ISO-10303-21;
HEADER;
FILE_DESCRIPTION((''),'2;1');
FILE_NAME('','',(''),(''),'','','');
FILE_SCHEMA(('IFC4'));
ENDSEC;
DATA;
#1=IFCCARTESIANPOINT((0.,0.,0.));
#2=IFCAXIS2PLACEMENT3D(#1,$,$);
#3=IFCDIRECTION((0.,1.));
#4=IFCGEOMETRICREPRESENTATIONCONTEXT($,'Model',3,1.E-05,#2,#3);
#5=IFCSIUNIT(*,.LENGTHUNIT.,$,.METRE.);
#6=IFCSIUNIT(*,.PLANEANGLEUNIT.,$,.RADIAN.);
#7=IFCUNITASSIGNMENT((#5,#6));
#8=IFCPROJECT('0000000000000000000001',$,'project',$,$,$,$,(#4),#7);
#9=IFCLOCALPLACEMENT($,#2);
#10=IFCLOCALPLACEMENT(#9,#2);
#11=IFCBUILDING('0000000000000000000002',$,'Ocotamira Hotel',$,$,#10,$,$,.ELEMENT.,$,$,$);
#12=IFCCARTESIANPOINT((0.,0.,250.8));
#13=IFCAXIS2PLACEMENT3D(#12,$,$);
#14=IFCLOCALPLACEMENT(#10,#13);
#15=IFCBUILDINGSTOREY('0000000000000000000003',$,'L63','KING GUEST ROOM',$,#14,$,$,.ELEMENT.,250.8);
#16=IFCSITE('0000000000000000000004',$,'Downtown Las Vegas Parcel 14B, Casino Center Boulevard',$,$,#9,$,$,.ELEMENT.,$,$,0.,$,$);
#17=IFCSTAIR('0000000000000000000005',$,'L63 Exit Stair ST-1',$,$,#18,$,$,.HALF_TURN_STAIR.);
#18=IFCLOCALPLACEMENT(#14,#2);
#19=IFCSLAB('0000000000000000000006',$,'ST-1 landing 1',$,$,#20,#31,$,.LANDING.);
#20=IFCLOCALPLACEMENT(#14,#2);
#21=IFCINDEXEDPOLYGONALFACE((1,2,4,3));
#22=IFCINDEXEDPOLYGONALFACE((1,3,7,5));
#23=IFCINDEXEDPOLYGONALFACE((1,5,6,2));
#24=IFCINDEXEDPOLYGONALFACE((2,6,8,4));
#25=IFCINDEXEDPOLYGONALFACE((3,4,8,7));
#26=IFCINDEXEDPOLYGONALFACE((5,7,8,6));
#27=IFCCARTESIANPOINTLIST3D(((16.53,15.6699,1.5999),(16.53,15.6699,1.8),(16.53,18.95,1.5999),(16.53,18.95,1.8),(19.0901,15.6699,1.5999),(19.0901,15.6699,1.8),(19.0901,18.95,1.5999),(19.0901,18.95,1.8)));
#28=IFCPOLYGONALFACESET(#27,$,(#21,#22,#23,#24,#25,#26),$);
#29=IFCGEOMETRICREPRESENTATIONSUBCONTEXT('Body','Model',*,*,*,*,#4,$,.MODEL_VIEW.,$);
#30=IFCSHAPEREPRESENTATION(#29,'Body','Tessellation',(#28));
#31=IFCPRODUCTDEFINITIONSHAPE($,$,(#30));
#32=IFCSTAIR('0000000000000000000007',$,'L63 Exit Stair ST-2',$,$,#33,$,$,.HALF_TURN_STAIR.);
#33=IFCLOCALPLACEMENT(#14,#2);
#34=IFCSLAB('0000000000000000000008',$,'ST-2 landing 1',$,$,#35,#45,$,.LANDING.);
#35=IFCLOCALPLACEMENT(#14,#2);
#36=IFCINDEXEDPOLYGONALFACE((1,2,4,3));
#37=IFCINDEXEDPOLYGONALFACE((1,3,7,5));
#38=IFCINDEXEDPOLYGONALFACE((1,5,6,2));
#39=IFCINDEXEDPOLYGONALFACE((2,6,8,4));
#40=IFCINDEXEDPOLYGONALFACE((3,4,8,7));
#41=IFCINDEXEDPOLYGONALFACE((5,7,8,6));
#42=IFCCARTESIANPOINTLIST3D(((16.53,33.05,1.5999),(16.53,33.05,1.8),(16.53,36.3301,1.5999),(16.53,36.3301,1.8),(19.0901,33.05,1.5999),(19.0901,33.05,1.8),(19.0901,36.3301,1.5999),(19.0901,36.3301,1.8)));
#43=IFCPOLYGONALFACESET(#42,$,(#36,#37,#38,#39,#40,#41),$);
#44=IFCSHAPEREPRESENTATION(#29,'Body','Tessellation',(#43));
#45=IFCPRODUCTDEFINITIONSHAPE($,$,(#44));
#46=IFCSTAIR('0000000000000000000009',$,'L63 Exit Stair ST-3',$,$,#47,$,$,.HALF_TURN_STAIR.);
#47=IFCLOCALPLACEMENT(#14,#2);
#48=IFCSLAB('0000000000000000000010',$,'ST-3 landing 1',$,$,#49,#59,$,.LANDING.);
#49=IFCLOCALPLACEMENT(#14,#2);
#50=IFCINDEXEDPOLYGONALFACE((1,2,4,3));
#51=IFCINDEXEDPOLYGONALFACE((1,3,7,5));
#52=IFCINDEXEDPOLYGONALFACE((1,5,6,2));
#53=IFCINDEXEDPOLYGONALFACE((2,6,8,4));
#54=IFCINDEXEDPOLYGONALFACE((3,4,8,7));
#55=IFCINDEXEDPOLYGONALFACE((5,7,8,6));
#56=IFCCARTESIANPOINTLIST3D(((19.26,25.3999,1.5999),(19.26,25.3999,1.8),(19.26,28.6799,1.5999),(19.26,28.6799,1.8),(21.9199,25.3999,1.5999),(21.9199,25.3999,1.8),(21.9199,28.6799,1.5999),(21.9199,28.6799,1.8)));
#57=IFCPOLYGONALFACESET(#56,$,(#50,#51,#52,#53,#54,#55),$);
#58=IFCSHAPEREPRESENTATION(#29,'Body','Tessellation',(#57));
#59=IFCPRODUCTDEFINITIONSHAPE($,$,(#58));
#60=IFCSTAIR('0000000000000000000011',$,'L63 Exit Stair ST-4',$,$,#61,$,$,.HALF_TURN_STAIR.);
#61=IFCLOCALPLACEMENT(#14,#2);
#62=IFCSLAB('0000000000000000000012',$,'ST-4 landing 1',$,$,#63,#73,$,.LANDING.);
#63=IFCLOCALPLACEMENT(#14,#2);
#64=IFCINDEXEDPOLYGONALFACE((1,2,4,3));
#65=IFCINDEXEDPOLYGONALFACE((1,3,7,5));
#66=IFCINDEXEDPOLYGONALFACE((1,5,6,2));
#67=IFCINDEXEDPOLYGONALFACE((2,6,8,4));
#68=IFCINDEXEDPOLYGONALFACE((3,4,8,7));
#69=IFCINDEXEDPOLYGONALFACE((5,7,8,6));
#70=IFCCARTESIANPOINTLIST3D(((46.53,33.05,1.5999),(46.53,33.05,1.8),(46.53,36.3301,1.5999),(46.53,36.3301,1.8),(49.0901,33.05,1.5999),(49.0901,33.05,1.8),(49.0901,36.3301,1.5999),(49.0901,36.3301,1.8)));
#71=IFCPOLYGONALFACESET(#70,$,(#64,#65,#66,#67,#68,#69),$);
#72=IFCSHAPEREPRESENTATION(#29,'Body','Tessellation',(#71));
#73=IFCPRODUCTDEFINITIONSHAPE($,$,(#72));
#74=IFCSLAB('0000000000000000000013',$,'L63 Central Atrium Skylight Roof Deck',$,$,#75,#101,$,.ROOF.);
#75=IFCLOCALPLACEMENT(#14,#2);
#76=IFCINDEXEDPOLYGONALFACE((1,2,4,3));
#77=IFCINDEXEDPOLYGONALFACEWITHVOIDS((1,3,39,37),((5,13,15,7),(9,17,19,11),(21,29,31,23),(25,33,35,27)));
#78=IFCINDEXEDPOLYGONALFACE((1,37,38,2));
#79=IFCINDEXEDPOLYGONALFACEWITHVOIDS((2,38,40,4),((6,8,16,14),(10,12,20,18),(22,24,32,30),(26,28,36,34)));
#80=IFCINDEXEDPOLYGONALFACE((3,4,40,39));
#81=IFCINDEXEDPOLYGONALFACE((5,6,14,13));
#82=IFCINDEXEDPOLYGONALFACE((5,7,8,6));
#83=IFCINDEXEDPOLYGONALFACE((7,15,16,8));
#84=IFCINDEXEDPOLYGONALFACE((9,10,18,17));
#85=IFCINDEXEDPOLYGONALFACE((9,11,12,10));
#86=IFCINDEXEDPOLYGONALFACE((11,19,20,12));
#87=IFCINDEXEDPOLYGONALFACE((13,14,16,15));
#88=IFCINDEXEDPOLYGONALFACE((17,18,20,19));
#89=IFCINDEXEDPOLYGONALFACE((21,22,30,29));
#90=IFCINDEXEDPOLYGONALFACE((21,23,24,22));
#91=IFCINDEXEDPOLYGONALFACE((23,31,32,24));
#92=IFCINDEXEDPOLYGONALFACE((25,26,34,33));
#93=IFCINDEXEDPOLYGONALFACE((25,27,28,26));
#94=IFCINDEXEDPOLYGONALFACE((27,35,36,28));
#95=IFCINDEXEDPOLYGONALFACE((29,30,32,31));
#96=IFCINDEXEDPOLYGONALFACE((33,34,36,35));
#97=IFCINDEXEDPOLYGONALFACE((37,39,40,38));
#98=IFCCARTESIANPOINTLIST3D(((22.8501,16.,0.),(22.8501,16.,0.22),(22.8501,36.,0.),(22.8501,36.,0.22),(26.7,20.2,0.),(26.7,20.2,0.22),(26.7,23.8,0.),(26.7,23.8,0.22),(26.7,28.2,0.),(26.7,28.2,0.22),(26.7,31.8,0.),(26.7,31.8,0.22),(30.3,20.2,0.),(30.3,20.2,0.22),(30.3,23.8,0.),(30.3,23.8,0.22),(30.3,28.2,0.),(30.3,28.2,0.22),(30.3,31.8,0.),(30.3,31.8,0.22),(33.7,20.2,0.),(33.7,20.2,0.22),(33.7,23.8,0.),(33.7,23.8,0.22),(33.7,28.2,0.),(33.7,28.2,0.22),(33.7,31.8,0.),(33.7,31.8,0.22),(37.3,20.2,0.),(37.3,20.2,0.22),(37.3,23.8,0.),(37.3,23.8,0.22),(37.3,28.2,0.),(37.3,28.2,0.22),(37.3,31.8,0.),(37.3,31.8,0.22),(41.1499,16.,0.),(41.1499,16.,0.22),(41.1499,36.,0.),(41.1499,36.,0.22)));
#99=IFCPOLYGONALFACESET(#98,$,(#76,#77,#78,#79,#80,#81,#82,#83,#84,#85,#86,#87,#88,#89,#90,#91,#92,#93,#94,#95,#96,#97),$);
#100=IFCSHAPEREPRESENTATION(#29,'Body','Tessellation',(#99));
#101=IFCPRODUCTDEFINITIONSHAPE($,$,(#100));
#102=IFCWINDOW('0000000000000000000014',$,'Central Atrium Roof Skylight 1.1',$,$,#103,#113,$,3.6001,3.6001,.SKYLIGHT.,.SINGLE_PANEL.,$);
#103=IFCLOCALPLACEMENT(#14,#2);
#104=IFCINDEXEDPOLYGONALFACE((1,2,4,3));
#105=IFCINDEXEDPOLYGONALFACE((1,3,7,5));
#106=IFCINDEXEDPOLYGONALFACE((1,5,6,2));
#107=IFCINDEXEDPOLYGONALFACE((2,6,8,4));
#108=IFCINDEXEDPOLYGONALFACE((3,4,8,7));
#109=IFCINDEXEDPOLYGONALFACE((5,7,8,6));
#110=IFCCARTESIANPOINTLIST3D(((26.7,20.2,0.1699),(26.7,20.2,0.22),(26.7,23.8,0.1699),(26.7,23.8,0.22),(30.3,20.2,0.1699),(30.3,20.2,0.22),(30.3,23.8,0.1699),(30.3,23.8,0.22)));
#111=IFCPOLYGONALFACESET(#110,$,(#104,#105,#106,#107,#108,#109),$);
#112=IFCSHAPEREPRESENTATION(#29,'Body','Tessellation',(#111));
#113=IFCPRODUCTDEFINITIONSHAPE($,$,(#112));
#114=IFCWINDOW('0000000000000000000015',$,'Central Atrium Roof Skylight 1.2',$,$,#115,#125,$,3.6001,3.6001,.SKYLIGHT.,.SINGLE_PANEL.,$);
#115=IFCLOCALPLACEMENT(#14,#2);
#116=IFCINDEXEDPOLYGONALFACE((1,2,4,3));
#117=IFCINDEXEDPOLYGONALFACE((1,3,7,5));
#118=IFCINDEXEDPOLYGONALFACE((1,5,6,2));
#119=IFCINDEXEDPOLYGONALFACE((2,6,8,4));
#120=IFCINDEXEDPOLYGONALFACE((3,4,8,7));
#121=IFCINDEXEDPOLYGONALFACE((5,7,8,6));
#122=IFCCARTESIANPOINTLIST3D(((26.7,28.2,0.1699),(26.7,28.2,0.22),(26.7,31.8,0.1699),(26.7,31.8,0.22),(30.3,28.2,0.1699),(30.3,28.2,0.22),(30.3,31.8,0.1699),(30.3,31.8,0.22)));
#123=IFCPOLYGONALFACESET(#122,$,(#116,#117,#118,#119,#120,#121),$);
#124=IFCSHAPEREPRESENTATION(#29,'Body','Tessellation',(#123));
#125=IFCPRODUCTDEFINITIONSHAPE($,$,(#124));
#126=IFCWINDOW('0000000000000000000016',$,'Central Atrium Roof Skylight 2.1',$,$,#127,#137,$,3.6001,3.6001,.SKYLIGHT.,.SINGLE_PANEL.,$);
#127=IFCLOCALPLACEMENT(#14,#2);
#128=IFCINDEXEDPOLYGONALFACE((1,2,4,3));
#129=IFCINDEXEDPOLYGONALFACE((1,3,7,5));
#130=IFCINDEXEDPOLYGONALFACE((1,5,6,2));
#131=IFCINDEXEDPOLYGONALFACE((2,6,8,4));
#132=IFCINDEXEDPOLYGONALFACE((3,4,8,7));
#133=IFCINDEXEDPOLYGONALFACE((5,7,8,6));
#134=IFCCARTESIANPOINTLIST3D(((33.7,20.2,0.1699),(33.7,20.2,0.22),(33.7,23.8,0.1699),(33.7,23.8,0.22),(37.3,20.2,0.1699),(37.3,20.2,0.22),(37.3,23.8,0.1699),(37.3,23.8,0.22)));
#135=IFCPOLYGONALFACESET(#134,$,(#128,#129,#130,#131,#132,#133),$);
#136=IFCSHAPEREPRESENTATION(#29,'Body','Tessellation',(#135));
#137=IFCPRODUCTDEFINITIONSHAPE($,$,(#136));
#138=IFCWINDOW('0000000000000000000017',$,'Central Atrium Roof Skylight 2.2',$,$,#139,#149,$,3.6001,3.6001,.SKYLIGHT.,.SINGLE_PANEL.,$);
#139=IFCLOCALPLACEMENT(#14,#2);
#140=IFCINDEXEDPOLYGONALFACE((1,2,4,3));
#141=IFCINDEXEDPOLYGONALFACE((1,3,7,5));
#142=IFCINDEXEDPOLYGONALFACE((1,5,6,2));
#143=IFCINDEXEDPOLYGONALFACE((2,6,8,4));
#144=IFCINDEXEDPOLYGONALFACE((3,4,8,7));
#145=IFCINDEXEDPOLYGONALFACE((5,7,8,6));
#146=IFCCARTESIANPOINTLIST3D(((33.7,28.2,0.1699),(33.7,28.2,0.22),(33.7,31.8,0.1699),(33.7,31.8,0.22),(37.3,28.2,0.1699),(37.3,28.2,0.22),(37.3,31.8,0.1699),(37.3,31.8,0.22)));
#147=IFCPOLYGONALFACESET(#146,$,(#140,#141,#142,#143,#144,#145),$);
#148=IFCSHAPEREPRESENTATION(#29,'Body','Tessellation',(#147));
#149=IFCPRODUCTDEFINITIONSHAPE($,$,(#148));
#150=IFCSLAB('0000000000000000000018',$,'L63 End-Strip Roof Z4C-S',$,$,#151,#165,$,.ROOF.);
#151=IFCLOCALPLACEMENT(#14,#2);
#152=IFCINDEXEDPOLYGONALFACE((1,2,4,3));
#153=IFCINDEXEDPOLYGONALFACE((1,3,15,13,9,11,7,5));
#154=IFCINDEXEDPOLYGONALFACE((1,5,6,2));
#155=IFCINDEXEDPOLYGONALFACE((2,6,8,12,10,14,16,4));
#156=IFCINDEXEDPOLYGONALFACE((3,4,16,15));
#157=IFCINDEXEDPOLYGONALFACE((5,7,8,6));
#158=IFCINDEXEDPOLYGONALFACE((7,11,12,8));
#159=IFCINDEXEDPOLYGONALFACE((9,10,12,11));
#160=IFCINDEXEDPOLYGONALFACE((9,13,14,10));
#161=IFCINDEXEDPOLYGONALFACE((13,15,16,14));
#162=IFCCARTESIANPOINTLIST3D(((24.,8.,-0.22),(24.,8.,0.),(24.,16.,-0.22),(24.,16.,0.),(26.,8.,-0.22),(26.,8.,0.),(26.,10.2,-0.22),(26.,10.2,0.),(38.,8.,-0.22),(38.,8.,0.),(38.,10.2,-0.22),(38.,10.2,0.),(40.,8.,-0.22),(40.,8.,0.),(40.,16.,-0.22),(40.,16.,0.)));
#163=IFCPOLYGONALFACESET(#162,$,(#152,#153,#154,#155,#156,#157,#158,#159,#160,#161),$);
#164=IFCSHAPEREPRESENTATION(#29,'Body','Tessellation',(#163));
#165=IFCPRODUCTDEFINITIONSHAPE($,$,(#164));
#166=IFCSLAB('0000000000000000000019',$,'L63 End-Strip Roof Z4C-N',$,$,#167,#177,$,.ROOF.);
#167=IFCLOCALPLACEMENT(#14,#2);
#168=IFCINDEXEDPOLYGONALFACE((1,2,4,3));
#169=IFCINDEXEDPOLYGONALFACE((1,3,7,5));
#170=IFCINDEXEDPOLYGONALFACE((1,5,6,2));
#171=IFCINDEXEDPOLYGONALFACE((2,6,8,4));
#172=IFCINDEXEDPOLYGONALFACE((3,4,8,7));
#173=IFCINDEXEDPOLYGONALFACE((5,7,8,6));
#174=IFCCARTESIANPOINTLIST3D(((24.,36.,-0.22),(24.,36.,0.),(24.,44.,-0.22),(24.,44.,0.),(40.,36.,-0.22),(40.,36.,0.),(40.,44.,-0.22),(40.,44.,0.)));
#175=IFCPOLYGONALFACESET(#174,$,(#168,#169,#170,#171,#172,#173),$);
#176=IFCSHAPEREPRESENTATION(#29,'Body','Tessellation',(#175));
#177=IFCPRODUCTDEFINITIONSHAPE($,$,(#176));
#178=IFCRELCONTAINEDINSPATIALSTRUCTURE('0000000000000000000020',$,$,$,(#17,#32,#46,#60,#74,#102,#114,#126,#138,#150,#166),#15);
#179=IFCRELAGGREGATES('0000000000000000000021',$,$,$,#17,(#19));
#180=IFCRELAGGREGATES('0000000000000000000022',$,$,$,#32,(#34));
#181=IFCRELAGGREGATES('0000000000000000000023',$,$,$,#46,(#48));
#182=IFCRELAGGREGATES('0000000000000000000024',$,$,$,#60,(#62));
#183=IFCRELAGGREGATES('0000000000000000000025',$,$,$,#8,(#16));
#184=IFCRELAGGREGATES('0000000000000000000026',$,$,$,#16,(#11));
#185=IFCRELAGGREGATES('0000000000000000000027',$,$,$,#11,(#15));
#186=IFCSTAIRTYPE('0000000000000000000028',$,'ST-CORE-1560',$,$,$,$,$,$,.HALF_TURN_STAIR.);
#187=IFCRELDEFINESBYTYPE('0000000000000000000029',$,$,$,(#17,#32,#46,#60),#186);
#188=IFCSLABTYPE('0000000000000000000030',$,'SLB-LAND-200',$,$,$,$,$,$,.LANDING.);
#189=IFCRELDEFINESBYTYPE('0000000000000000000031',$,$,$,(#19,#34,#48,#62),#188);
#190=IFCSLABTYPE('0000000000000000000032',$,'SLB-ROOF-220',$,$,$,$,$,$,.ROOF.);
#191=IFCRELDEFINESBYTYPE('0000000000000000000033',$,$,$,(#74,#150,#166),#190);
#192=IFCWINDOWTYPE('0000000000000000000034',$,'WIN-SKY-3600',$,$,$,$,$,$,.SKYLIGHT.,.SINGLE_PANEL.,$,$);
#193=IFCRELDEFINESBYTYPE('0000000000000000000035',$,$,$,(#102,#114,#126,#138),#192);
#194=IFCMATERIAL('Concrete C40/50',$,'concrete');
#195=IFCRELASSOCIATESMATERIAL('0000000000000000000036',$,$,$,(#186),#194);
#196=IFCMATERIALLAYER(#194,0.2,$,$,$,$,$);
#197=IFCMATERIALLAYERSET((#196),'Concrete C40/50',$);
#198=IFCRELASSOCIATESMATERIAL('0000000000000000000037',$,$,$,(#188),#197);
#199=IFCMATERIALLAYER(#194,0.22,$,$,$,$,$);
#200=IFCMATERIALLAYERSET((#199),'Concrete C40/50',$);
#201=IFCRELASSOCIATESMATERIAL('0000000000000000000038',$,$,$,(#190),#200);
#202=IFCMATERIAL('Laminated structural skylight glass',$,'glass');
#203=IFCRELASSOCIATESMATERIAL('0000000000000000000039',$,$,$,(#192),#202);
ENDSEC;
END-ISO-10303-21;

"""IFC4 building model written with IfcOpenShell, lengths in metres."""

from ifc_helpers import new_model, si_unit, direction, frame, origin, origin_2d, place, context, subcontext, project, spatial, polyline, rectangle, outline, extrude, material, layer, layer_set, type_object, element, fill, aggregate, save


model = new_model("IFC4")

# Units and contexts
model_context = context("Model", 3, precision=1e-05, world=origin(), true_north=direction((0.0, 1.0)))
body_context = subcontext(model_context, "Body", "Model", "MODEL_VIEW")
ifc_project = project(units=[si_unit("LENGTHUNIT", "METRE"), si_unit("PLANEANGLEUNIT", "RADIAN")], contexts=[model_context])

# Site, building, storey
site_placement = place(None, origin())
site = spatial("IfcSite", under=ifc_project, at=site_placement, Name="Downtown Las Vegas Parcel 14B, Casino Center Boulevard", CompositionType="ELEMENT", RefElevation=0.0)
building_placement = place(site_placement, origin())
building = spatial("IfcBuilding", under=site, at=building_placement, Name="Ocotamira Hotel", CompositionType="ELEMENT")
storey_placement = place(building_placement, frame((0.0, 0.0, 250.8)))
storey = spatial("IfcBuildingStorey", under=building, at=storey_placement, Name="L63", Description="KING GUEST ROOM", CompositionType="ELEMENT", Elevation=250.8)

# Stairs, slabs
ifc_material_1 = material(Name="Concrete C40/50", Category="concrete")
stair_type = type_object("IfcStairType", Name="ST-CORE-1560", PredefinedType="HALF_TURN_STAIR", material=ifc_material_1)
stair_1_placement = place(storey_placement, origin())
stair_1 = element("IfcStair", 1, at=stair_1_placement, inside=storey, type_object=stair_type, Name="L63 Exit Stair ST-1", PredefinedType="HALF_TURN_STAIR")
ifc_layer_1 = layer(ifc_material_1, 0.2)
ifc_layer_set_1 = layer_set([ifc_layer_1], Name="Concrete C40/50")
slab_type_1 = type_object("IfcSlabType", Name="SLB-LAND-200", PredefinedType="LANDING", material=ifc_layer_set_1)
slab_1_placement = place(storey_placement, frame((0.0, 0.0, 1.5999)))
slab_1 = element("IfcSlab", 2, at=slab_1_placement, type_object=slab_type_1, Name="ST-1 landing 1", PredefinedType="LANDING", context=body_context, shape_type="SweptSolid", body=[
    extrude(outline(polyline([(16.53, 15.6699), (19.0901, 15.6699), (19.0901, 18.95), (16.53, 18.95), (16.53, 15.6699)])), origin(), (0.0, 0.0, 1.0), 0.2002),
])
aggregate(stair_1, [slab_1])
stair_2_placement = place(storey_placement, origin())
stair_2 = element("IfcStair", 3, at=stair_2_placement, inside=storey, type_object=stair_type, Name="L63 Exit Stair ST-2", PredefinedType="HALF_TURN_STAIR")
slab_2_placement = place(storey_placement, frame((0.0, 0.0, 1.5999)))
slab_2 = element("IfcSlab", 4, at=slab_2_placement, type_object=slab_type_1, Name="ST-2 landing 1", PredefinedType="LANDING", context=body_context, shape_type="SweptSolid", body=[
    extrude(outline(polyline([(16.53, 33.05), (19.0901, 33.05), (19.0901, 36.3301), (16.53, 36.3301), (16.53, 33.05)])), origin(), (0.0, 0.0, 1.0), 0.2002),
])
aggregate(stair_2, [slab_2])
stair_3_placement = place(storey_placement, origin())
stair_3 = element("IfcStair", 5, at=stair_3_placement, inside=storey, type_object=stair_type, Name="L63 Exit Stair ST-3", PredefinedType="HALF_TURN_STAIR")
slab_3_placement = place(storey_placement, frame((0.0, 0.0, 1.5999)))
slab_3 = element("IfcSlab", 6, at=slab_3_placement, type_object=slab_type_1, Name="ST-3 landing 1", PredefinedType="LANDING", context=body_context, shape_type="SweptSolid", body=[
    extrude(outline(polyline([(19.26, 25.3999), (21.9199, 25.3999), (21.9199, 28.6799), (19.26, 28.6799), (19.26, 25.3999)])), origin(), (0.0, 0.0, 1.0), 0.2002),
])
aggregate(stair_3, [slab_3])
stair_4_placement = place(storey_placement, origin())
stair_4 = element("IfcStair", 7, at=stair_4_placement, inside=storey, type_object=stair_type, Name="L63 Exit Stair ST-4", PredefinedType="HALF_TURN_STAIR")
slab_4_placement = place(storey_placement, frame((0.0, 0.0, 1.5999)))
slab_4 = element("IfcSlab", 8, at=slab_4_placement, type_object=slab_type_1, Name="ST-4 landing 1", PredefinedType="LANDING", context=body_context, shape_type="SweptSolid", body=[
    extrude(outline(polyline([(46.53, 33.05), (49.0901, 33.05), (49.0901, 36.3301), (46.53, 36.3301), (46.53, 33.05)])), origin(), (0.0, 0.0, 1.0), 0.2002),
])
aggregate(stair_4, [slab_4])

# Slab, openings, windows
ifc_layer_2 = layer(ifc_material_1, 0.22)
ifc_layer_set_2 = layer_set([ifc_layer_2], Name="Concrete C40/50")
slab_type_2 = type_object("IfcSlabType", Name="SLB-ROOF-220", PredefinedType="ROOF", material=ifc_layer_set_2)
slab_5_placement = place(storey_placement, origin())
slab_5 = element("IfcSlab", 9, at=slab_5_placement, inside=storey, type_object=slab_type_2, Name="L63 Central Atrium Skylight Roof Deck", PredefinedType="ROOF", context=body_context, shape_type="SweptSolid", body=[
    extrude(outline(polyline([(22.8501, 16.0), (41.1499, 16.0), (41.1499, 36.0), (22.8501, 36.0), (22.8501, 16.0)])), origin(), (0.0, 0.0, 1.0), 0.22),
])
opening_1_placement = place(slab_5_placement, frame((28.5, 22.0, 0.0)))
opening_1 = element("IfcOpeningElement", 10, at=opening_1_placement, cuts=slab_5, PredefinedType="OPENING", context=body_context, shape_type="SweptSolid", body=[
    extrude(rectangle(XDim=3.6001, YDim=3.6001, at=origin_2d()), frame((0.0, 0.0, -0.01)), (0.0, 0.0, 1.0), 0.24),
])
opening_2_placement = place(slab_5_placement, frame((28.5, 30.0, 0.0)))
opening_2 = element("IfcOpeningElement", 11, at=opening_2_placement, cuts=slab_5, PredefinedType="OPENING", context=body_context, shape_type="SweptSolid", body=[
    extrude(rectangle(XDim=3.6001, YDim=3.6001, at=origin_2d()), frame((0.0, 0.0, -0.01)), (0.0, 0.0, 1.0), 0.24),
])
opening_3_placement = place(slab_5_placement, frame((35.5, 22.0, 0.0)))
opening_3 = element("IfcOpeningElement", 12, at=opening_3_placement, cuts=slab_5, PredefinedType="OPENING", context=body_context, shape_type="SweptSolid", body=[
    extrude(rectangle(XDim=3.6001, YDim=3.6001, at=origin_2d()), frame((0.0, 0.0, -0.01)), (0.0, 0.0, 1.0), 0.24),
])
opening_4_placement = place(slab_5_placement, frame((35.5, 30.0, 0.0)))
opening_4 = element("IfcOpeningElement", 13, at=opening_4_placement, cuts=slab_5, PredefinedType="OPENING", context=body_context, shape_type="SweptSolid", body=[
    extrude(rectangle(XDim=3.6001, YDim=3.6001, at=origin_2d()), frame((0.0, 0.0, -0.01)), (0.0, 0.0, 1.0), 0.24),
])
ifc_material_2 = material(Name="Laminated structural skylight glass", Category="glass")
window_type = type_object("IfcWindowType", Name="WIN-SKY-3600", PartitioningType="SINGLE_PANEL", PredefinedType="SKYLIGHT", material=ifc_material_2)
window_1_placement = place(opening_1_placement, frame((0.0, 0.0, 0.1699)))
window_1 = element("IfcWindow", 14, at=window_1_placement, inside=storey, type_object=window_type, Name="Central Atrium Roof Skylight 1.1", OverallHeight=3.6001, OverallWidth=3.6001, PartitioningType="SINGLE_PANEL", PredefinedType="SKYLIGHT", context=body_context, shape_type="SweptSolid", body=[
    extrude(rectangle(XDim=3.6001, YDim=3.6001, at=origin_2d()), origin(), (0.0, 0.0, 1.0), 0.05),
])
fill(opening_1, window_1)
window_2_placement = place(opening_2_placement, frame((0.0, 0.0, 0.1699)))
window_2 = element("IfcWindow", 15, at=window_2_placement, inside=storey, type_object=window_type, Name="Central Atrium Roof Skylight 1.2", OverallHeight=3.6001, OverallWidth=3.6001, PartitioningType="SINGLE_PANEL", PredefinedType="SKYLIGHT", context=body_context, shape_type="SweptSolid", body=[
    extrude(rectangle(XDim=3.6001, YDim=3.6001, at=origin_2d()), origin(), (0.0, 0.0, 1.0), 0.05),
])
fill(opening_2, window_2)
window_3_placement = place(opening_3_placement, frame((0.0, 0.0, 0.1699)))
window_3 = element("IfcWindow", 16, at=window_3_placement, inside=storey, type_object=window_type, Name="Central Atrium Roof Skylight 2.1", OverallHeight=3.6001, OverallWidth=3.6001, PartitioningType="SINGLE_PANEL", PredefinedType="SKYLIGHT", context=body_context, shape_type="SweptSolid", body=[
    extrude(rectangle(XDim=3.6001, YDim=3.6001, at=origin_2d()), origin(), (0.0, 0.0, 1.0), 0.05),
])
fill(opening_3, window_3)
window_4_placement = place(opening_4_placement, frame((0.0, 0.0, 0.1699)))
window_4 = element("IfcWindow", 17, at=window_4_placement, inside=storey, type_object=window_type, Name="Central Atrium Roof Skylight 2.2", OverallHeight=3.6001, OverallWidth=3.6001, PartitioningType="SINGLE_PANEL", PredefinedType="SKYLIGHT", context=body_context, shape_type="SweptSolid", body=[
    extrude(rectangle(XDim=3.6001, YDim=3.6001, at=origin_2d()), origin(), (0.0, 0.0, 1.0), 0.05),
])
fill(opening_4, window_4)

# Slabs
slab_6_placement = place(storey_placement, frame((0.0, 0.0, -0.22)))
element("IfcSlab", 18, at=slab_6_placement, inside=storey, type_object=slab_type_2, Name="L63 End-Strip Roof Z4C-S", PredefinedType="ROOF", context=body_context, shape_type="SweptSolid", body=[
    extrude(outline(polyline([(24.0, 8.0), (26.0, 8.0), (26.0, 10.2), (38.0, 10.2), (38.0, 8.0), (40.0, 8.0), (40.0, 16.0), (24.0, 16.0), (24.0, 8.0)])), origin(), (0.0, 0.0, 1.0), 0.22),
])
slab_7_placement = place(storey_placement, frame((0.0, 0.0, -0.22)))
element("IfcSlab", 19, at=slab_7_placement, inside=storey, type_object=slab_type_2, Name="L63 End-Strip Roof Z4C-N", PredefinedType="ROOF", context=body_context, shape_type="SweptSolid", body=[
    extrude(outline(polyline([(24.0, 36.0), (40.0, 36.0), (40.0, 44.0), (24.0, 44.0), (24.0, 36.0)])), origin(), (0.0, 0.0, 1.0), 0.22),
])

save(model, "model.ifc")
